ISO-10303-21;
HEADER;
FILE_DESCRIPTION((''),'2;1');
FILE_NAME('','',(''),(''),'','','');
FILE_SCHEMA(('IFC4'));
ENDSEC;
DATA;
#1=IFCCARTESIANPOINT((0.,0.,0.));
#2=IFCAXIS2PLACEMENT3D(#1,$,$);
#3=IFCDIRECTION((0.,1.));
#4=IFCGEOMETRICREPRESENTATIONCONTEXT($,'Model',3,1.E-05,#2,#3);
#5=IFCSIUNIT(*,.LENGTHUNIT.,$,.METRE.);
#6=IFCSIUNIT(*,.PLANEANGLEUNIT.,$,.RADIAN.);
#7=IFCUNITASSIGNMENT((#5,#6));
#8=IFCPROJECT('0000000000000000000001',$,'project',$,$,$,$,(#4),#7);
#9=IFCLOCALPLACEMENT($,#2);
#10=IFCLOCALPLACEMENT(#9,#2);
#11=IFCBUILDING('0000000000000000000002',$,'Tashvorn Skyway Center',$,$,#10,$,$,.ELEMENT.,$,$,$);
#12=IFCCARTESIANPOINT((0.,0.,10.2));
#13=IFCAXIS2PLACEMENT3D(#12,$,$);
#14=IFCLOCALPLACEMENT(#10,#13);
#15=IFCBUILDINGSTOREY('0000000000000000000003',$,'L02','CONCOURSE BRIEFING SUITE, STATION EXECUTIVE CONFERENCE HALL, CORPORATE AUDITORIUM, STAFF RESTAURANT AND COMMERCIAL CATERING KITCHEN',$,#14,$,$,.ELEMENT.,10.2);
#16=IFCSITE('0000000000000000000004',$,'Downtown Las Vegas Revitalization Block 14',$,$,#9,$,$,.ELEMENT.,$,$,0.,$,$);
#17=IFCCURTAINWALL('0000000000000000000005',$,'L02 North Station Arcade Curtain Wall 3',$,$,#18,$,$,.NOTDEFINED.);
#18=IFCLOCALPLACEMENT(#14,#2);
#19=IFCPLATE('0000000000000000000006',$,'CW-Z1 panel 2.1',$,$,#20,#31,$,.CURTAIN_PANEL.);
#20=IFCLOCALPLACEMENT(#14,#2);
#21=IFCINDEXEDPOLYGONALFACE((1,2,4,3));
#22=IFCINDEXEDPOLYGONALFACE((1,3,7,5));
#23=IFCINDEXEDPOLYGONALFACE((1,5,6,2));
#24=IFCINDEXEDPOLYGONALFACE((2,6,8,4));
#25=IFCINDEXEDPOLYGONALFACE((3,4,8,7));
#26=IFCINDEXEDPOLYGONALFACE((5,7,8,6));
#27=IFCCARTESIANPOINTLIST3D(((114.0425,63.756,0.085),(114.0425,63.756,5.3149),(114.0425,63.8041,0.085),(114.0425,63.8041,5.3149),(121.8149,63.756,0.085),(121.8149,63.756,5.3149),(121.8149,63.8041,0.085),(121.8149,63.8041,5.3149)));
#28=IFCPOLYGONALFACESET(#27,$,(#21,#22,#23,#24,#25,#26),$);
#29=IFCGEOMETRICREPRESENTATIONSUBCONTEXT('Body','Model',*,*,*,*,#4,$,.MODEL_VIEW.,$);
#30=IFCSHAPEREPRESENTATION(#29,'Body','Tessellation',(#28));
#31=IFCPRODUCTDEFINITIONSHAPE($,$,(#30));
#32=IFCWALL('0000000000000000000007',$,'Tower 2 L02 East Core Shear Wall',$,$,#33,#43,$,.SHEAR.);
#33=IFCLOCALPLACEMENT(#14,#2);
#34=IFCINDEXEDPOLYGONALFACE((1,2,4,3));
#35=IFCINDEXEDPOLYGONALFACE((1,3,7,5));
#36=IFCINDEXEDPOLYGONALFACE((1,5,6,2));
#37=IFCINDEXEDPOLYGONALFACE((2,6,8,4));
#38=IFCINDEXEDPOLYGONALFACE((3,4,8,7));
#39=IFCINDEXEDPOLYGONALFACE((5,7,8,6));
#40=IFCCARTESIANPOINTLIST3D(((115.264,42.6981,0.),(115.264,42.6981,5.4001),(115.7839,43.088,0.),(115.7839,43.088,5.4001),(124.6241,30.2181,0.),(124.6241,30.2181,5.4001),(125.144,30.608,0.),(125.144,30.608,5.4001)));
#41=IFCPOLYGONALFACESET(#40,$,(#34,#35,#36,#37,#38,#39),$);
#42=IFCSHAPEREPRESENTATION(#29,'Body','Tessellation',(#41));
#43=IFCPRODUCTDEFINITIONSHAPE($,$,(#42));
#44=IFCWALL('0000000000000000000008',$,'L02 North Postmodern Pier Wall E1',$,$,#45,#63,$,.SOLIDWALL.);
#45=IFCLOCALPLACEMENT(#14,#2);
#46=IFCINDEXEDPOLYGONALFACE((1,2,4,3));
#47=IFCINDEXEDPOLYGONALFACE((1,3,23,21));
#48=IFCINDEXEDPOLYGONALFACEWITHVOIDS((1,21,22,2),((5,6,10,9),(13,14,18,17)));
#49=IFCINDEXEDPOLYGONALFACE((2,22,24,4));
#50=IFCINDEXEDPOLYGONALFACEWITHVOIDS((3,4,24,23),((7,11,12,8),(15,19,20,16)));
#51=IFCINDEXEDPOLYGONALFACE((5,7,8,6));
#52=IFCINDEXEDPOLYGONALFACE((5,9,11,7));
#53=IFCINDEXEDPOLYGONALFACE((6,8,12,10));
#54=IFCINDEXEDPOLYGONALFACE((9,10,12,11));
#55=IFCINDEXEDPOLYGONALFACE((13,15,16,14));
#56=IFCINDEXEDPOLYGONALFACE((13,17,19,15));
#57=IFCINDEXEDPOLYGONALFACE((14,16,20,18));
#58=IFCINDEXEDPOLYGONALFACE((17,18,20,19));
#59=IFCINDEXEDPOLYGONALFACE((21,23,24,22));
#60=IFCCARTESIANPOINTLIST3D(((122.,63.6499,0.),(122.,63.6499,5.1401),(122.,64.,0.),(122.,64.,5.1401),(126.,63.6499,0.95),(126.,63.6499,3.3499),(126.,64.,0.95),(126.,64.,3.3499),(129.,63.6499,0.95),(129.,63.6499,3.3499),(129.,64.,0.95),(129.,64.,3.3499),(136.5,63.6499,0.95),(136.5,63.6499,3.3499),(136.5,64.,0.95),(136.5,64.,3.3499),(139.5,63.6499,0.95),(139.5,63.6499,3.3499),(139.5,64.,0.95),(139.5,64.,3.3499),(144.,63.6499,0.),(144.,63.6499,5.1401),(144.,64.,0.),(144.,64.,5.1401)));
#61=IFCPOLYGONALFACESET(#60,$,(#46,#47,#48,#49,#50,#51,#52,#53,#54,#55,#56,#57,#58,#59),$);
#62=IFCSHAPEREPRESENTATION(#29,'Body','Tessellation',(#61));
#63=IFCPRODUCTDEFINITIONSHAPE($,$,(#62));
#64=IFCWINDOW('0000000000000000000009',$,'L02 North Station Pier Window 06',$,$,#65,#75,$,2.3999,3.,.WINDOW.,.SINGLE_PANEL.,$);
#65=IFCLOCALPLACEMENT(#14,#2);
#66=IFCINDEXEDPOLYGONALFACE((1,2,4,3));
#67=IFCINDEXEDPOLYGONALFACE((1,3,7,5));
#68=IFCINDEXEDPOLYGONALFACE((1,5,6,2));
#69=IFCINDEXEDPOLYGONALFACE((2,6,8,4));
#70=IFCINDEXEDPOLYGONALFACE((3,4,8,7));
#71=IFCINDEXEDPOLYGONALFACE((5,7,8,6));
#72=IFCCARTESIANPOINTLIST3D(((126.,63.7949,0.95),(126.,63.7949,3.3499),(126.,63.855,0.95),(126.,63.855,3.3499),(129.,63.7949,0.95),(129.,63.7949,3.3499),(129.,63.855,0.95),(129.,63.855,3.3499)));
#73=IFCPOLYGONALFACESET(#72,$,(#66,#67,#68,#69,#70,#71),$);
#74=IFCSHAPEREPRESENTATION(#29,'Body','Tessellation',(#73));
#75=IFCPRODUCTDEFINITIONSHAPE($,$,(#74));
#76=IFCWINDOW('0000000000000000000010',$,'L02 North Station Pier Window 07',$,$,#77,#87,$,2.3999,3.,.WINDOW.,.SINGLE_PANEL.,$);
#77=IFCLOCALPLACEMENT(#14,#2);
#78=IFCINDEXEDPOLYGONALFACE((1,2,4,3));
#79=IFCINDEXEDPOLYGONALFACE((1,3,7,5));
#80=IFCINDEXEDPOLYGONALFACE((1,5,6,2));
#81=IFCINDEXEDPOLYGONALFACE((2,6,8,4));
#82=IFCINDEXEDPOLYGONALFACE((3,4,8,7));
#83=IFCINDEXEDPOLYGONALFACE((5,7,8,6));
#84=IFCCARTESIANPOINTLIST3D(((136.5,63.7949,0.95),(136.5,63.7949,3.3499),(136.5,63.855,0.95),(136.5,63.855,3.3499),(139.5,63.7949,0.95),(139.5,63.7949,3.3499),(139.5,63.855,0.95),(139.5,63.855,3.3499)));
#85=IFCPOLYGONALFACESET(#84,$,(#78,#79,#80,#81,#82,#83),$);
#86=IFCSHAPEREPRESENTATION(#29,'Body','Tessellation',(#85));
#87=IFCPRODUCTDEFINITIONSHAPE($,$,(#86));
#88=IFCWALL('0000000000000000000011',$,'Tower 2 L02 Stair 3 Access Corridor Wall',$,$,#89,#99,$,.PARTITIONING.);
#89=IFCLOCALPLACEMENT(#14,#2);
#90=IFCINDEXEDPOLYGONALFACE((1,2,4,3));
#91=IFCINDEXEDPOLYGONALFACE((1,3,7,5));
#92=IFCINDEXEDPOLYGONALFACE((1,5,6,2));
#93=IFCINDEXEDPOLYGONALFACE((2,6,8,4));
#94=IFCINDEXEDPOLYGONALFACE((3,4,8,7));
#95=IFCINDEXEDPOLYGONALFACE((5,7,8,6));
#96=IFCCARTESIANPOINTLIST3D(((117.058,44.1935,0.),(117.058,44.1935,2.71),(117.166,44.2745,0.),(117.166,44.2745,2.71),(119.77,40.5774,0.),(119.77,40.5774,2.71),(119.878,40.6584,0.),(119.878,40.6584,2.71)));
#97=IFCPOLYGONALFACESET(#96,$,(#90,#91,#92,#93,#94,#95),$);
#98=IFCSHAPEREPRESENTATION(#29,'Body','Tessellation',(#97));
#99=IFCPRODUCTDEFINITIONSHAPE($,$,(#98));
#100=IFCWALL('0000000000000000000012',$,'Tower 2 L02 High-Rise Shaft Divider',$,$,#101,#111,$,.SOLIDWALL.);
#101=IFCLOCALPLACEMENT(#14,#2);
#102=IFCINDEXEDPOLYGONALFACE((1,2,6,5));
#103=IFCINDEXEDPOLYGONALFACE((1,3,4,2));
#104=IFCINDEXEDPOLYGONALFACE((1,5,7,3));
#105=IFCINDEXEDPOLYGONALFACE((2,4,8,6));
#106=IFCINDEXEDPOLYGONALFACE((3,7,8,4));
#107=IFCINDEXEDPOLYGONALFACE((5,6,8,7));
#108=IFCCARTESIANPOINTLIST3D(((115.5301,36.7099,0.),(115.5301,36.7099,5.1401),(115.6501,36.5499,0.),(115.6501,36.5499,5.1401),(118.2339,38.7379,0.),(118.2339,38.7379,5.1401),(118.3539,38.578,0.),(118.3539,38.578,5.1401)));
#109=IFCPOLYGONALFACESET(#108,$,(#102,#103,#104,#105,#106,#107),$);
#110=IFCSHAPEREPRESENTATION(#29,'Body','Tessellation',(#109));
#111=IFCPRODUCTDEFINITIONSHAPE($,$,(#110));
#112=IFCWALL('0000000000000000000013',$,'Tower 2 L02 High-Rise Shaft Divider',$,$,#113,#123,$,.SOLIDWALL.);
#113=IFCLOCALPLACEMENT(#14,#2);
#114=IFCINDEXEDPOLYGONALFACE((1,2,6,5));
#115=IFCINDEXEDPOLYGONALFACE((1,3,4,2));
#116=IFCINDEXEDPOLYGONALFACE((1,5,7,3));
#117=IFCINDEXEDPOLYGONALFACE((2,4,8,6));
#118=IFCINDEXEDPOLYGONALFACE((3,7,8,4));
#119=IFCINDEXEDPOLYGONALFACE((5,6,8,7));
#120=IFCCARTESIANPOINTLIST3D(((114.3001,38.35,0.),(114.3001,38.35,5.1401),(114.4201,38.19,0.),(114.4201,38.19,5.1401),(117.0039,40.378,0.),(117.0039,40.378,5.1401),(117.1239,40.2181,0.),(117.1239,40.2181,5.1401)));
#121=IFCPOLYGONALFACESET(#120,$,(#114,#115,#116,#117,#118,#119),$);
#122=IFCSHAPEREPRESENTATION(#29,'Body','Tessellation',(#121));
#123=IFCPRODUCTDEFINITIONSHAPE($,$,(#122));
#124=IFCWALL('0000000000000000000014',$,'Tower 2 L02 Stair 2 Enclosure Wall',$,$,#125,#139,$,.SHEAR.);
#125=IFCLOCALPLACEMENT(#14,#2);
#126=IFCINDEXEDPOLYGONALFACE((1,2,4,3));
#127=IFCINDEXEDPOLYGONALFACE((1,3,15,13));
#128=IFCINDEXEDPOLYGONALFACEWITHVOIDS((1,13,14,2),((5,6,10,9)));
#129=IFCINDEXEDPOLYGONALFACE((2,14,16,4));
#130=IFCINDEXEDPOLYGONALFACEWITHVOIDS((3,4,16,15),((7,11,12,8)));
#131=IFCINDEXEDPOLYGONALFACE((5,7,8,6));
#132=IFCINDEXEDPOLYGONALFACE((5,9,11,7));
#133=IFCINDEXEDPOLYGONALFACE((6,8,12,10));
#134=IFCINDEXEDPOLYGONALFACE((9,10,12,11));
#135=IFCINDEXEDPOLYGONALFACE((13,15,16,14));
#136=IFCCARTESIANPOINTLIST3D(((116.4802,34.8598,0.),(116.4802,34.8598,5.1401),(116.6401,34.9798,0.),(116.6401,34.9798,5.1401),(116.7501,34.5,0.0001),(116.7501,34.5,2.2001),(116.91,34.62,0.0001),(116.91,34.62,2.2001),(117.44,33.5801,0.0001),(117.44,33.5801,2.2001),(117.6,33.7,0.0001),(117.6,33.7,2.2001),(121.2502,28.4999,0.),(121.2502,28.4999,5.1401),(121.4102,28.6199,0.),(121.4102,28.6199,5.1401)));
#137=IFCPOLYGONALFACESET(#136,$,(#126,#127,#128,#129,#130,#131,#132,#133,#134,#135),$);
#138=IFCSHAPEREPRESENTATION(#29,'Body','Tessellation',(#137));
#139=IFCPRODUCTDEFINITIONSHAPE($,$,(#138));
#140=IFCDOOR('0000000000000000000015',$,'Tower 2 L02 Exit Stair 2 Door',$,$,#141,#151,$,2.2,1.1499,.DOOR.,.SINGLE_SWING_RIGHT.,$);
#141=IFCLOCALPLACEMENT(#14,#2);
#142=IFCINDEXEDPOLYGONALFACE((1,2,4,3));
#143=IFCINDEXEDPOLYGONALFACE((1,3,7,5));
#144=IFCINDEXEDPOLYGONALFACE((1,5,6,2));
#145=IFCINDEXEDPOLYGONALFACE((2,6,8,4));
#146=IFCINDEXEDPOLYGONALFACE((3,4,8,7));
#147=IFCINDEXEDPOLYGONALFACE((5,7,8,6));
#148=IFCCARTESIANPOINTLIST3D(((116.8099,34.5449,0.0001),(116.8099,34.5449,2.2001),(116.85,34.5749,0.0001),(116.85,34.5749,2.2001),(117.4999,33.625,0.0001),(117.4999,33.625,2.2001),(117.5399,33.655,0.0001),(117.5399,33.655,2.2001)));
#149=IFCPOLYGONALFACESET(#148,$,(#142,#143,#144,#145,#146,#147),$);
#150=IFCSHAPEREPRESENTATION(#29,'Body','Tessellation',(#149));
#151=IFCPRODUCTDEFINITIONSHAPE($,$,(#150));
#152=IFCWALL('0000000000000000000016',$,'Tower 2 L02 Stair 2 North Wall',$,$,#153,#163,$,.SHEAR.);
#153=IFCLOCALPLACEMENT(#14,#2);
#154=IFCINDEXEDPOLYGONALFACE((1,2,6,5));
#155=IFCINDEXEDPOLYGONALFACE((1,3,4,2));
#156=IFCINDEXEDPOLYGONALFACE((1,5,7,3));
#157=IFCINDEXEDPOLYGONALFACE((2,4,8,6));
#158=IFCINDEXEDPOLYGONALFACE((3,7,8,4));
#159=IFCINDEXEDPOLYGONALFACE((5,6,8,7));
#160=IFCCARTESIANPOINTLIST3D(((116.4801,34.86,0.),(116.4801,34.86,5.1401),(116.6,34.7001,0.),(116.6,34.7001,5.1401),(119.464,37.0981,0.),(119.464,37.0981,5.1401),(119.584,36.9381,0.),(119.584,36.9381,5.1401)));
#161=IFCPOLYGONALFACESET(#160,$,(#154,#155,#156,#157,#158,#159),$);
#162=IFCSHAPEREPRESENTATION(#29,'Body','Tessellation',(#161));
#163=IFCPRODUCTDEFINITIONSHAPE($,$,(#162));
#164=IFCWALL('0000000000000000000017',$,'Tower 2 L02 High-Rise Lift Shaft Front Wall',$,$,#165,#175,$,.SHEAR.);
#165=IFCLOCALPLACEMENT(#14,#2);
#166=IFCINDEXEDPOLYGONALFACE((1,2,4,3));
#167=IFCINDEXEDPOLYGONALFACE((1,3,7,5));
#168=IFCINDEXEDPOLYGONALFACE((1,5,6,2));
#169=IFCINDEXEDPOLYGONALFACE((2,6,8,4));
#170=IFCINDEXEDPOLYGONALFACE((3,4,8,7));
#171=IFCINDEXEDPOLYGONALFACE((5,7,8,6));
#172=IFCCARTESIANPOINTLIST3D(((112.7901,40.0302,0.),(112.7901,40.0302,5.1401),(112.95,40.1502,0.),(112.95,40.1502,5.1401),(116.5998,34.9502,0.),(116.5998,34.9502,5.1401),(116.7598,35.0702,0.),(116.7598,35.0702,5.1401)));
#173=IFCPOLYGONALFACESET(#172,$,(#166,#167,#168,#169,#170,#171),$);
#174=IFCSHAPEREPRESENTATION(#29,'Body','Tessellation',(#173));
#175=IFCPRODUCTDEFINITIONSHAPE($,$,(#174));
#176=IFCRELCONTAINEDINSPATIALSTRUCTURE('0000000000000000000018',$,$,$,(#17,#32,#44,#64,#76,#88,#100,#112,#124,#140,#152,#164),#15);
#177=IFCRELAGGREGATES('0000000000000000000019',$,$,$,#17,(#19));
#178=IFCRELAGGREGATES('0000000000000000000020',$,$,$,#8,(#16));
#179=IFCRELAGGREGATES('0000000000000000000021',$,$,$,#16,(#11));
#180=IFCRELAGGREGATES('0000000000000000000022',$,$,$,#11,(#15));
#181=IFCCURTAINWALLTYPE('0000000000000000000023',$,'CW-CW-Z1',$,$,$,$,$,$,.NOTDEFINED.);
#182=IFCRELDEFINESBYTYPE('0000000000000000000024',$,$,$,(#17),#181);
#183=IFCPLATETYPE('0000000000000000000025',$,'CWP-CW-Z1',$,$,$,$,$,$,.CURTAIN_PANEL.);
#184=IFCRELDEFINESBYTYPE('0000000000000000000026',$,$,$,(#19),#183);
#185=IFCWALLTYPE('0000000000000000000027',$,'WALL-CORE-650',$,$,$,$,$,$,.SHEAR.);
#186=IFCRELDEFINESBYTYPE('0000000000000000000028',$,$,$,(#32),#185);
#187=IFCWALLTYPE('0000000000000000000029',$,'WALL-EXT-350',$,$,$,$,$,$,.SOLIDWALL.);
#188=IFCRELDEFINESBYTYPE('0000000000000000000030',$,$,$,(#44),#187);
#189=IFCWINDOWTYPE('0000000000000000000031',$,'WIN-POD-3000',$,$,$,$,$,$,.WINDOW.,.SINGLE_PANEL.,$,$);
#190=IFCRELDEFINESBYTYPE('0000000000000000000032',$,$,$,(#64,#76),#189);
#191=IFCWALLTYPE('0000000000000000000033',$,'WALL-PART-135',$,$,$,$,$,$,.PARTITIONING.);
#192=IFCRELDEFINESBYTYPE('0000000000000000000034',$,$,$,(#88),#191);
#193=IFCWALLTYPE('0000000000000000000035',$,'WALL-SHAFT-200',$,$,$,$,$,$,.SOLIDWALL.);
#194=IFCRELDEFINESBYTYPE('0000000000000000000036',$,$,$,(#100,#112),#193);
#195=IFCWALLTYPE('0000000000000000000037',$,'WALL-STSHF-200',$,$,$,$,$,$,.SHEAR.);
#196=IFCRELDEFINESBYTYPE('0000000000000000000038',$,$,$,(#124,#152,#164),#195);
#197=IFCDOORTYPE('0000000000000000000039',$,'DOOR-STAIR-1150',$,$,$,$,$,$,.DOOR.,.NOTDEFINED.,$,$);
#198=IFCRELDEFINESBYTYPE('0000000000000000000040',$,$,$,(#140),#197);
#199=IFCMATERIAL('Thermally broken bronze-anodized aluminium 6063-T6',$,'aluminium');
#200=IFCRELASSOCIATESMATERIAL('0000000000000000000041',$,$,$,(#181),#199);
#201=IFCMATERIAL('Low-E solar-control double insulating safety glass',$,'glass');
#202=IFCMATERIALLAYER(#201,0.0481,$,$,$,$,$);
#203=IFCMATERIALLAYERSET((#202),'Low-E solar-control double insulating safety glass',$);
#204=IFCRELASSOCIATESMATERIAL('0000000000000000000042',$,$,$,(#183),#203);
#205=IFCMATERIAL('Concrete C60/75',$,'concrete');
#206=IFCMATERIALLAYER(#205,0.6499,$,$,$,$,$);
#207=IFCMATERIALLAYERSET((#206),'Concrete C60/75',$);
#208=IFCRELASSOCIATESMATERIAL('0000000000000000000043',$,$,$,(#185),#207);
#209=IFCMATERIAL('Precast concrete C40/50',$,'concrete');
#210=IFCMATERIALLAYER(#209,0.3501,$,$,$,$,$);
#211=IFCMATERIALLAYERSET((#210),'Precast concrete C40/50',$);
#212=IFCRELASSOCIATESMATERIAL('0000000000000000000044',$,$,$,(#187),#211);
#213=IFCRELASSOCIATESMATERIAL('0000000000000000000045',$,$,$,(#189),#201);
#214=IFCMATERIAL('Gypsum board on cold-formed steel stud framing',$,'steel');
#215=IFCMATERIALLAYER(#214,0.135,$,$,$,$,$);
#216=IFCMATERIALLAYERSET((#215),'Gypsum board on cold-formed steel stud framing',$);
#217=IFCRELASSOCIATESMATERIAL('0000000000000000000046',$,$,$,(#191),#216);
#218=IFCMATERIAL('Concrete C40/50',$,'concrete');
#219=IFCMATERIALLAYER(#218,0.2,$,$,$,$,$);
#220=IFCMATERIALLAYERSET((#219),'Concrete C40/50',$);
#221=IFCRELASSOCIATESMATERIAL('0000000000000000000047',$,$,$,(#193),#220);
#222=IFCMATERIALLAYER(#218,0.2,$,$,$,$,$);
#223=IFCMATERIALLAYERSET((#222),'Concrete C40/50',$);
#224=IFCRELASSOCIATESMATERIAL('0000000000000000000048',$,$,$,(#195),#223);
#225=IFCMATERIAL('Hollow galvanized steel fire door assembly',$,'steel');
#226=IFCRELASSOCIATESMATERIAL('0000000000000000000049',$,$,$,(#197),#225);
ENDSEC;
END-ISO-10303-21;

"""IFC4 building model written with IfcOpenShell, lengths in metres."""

from ifc_helpers import new_model, si_unit, direction, frame, frame_2d, origin, origin_2d, place, context, subcontext, project, spatial, rectangle, extrude, material, layer, layer_set, type_object, element, fill, aggregate, save


model = new_model("IFC4")

# Units and contexts
model_context = context("Model", 3, precision=1e-05, world=origin(), true_north=direction((0.0, 1.0)))
body_context = subcontext(model_context, "Body", "Model", "MODEL_VIEW")
ifc_project = project(units=[si_unit("LENGTHUNIT", "METRE"), si_unit("PLANEANGLEUNIT", "RADIAN")], contexts=[model_context])

# Site, building, storey
site_placement = place(None, origin())
site = spatial("IfcSite", under=ifc_project, at=site_placement, Name="Downtown Las Vegas Revitalization Block 14", CompositionType="ELEMENT", RefElevation=0.0)
building_placement = place(site_placement, origin())
building = spatial("IfcBuilding", under=site, at=building_placement, Name="Tashvorn Skyway Center", CompositionType="ELEMENT")
storey_placement = place(building_placement, frame((0.0, 0.0, 10.2)))
storey = spatial("IfcBuildingStorey", under=building, at=storey_placement, Name="L02", Description="CONCOURSE BRIEFING SUITE, STATION EXECUTIVE CONFERENCE HALL, CORPORATE AUDITORIUM, STAFF RESTAURANT AND COMMERCIAL CATERING KITCHEN", CompositionType="ELEMENT", Elevation=10.2)

# Curtain wall, plate
ifc_material_1 = material(Name="Thermally broken bronze-anodized aluminium 6063-T6", Category="aluminium")
curtain_wall_type = type_object("IfcCurtainWallType", Name="CW-CW-Z1", PredefinedType="NOTDEFINED", material=ifc_material_1)
curtain_wall_placement = place(storey_placement, origin())
curtain_wall = element("IfcCurtainWall", 1, at=curtain_wall_placement, inside=storey, type_object=curtain_wall_type, Name="L02 North Station Arcade Curtain Wall 3", PredefinedType="NOTDEFINED")
ifc_material_2 = material(Name="Low-E solar-control double insulating safety glass", Category="glass")
ifc_layer_1 = layer(ifc_material_2, 0.0481)
ifc_layer_set_1 = layer_set([ifc_layer_1], Name="Low-E solar-control double insulating safety glass")
plate_type = type_object("IfcPlateType", Name="CWP-CW-Z1", PredefinedType="CURTAIN_PANEL", material=ifc_layer_set_1)
plate_placement = place(storey_placement, frame((117.9287, 63.78, 0.085), z_axis=(0.0, 0.0, 1.0), x_axis=(1.0, 0.0, 0.0)))
plate = element("IfcPlate", 2, at=plate_placement, type_object=plate_type, Name="CW-Z1 panel 2.1", PredefinedType="CURTAIN_PANEL", context=body_context, shape_type="SweptSolid", body=[
    extrude(rectangle(XDim=7.7725, YDim=0.0481, at=origin_2d()), origin(), (0.0, 0.0, 1.0), 5.23),
])
aggregate(curtain_wall, [plate])

# Wall
ifc_material_3 = material(Name="Concrete C60/75", Category="concrete")
ifc_layer_2 = layer(ifc_material_3, 0.6499)
ifc_layer_set_2 = layer_set([ifc_layer_2], Name="Concrete C60/75")
wall_type_1 = type_object("IfcWallType", Name="WALL-CORE-650", PredefinedType="SHEAR", material=ifc_layer_set_2)
wall_1_placement = place(storey_placement, frame((115.5239, 42.8931, 0.0), z_axis=(0.0, 0.0, 1.0), x_axis=(0.600005, -0.799996, 0.0)))
element("IfcWall", 3, at=wall_1_placement, inside=storey, type_object=wall_type_1, Name="Tower 2 L02 East Core Shear Wall", PredefinedType="SHEAR", context=body_context, shape_type="SweptSolid", body=[
    extrude(rectangle(XDim=15.6001, YDim=0.6499, at=frame_2d((7.8, 0.0))), origin(), (0.0, 0.0, 1.0), 5.4001),
])

# Wall, openings, windows
ifc_material_4 = material(Name="Precast concrete C40/50", Category="concrete")
ifc_layer_3 = layer(ifc_material_4, 0.3501)
ifc_layer_set_3 = layer_set([ifc_layer_3], Name="Precast concrete C40/50")
wall_type_2 = type_object("IfcWallType", Name="WALL-EXT-350", PredefinedType="SOLIDWALL", material=ifc_layer_set_3)
wall_2_placement = place(storey_placement, frame((122.0, 63.825, 0.0), z_axis=(0.0, 0.0, 1.0), x_axis=(1.0, 0.0, 0.0)))
wall_2 = element("IfcWall", 4, at=wall_2_placement, inside=storey, type_object=wall_type_2, Name="L02 North Postmodern Pier Wall E1", PredefinedType="SOLIDWALL", context=body_context, shape_type="SweptSolid", body=[
    extrude(rectangle(XDim=22.0, YDim=0.3501, at=frame_2d((11.0, 0.0))), origin(), (0.0, 0.0, 1.0), 5.1401),
])
opening_1_placement = place(wall_2_placement, frame((4.0, 0.0, 0.95)))
opening_1 = element("IfcOpeningElement", 5, at=opening_1_placement, cuts=wall_2, PredefinedType="OPENING", context=body_context, shape_type="SweptSolid", body=[
    extrude(rectangle(XDim=3.0, YDim=2.3999, at=frame_2d((1.5, 1.2))), frame((0.0, 0.1851, 0.0), z_axis=(0.0, -1.0, 0.0), x_axis=(1.0, 0.0, 0.0)), (0.0, 0.0, 1.0), 0.3701),
])
opening_2_placement = place(wall_2_placement, frame((14.5, 0.0, 0.95)))
opening_2 = element("IfcOpeningElement", 6, at=opening_2_placement, cuts=wall_2, PredefinedType="OPENING", context=body_context, shape_type="SweptSolid", body=[
    extrude(rectangle(XDim=3.0, YDim=2.3999, at=frame_2d((1.5, 1.2))), frame((0.0, 0.1851, 0.0), z_axis=(0.0, -1.0, 0.0), x_axis=(1.0, 0.0, 0.0)), (0.0, 0.0, 1.0), 0.3701),
])
window_type = type_object("IfcWindowType", Name="WIN-POD-3000", PartitioningType="SINGLE_PANEL", PredefinedType="WINDOW", material=ifc_material_2)
window_1_placement = place(opening_1_placement, origin())
window_1 = element("IfcWindow", 7, at=window_1_placement, inside=storey, type_object=window_type, Name="L02 North Station Pier Window 06", OverallHeight=2.3999, OverallWidth=3.0, PartitioningType="SINGLE_PANEL", PredefinedType="WINDOW", context=body_context, shape_type="SweptSolid", body=[
    extrude(rectangle(XDim=3.0, YDim=2.3999, at=frame_2d((1.5, 1.2))), frame((0.0, 0.03, 0.0), z_axis=(0.0, -1.0, 0.0), x_axis=(1.0, 0.0, 0.0)), (0.0, 0.0, 1.0), 0.0601),
])
fill(opening_1, window_1)
window_2_placement = place(opening_2_placement, origin())
window_2 = element("IfcWindow", 8, at=window_2_placement, inside=storey, type_object=window_type, Name="L02 North Station Pier Window 07", OverallHeight=2.3999, OverallWidth=3.0, PartitioningType="SINGLE_PANEL", PredefinedType="WINDOW", context=body_context, shape_type="SweptSolid", body=[
    extrude(rectangle(XDim=3.0, YDim=2.3999, at=frame_2d((1.5, 1.2))), frame((0.0, 0.03, 0.0), z_axis=(0.0, -1.0, 0.0), x_axis=(1.0, 0.0, 0.0)), (0.0, 0.0, 1.0), 0.0601),
])
fill(opening_2, window_2)

# Walls
ifc_material_5 = material(Name="Gypsum board on cold-formed steel stud framing", Category="steel")
ifc_layer_4 = layer(ifc_material_5, 0.135)
ifc_layer_set_4 = layer_set([ifc_layer_4], Name="Gypsum board on cold-formed steel stud framing")
wall_type_3 = type_object("IfcWallType", Name="WALL-PART-135", PredefinedType="PARTITIONING", material=ifc_layer_set_4)
wall_3_placement = place(storey_placement, frame((119.824, 40.6179, 0.0), z_axis=(0.0, 0.0, 1.0), x_axis=(-0.599991, 0.800006, 0.0)))
element("IfcWall", 9, at=wall_3_placement, inside=storey, type_object=wall_type_3, Name="Tower 2 L02 Stair 3 Access Corridor Wall", PredefinedType="PARTITIONING", context=body_context, shape_type="SweptSolid", body=[
    extrude(rectangle(XDim=4.52, YDim=0.135, at=frame_2d((2.26, 0.0))), origin(), (0.0, 0.0, 1.0), 2.71),
])
ifc_material_6 = material(Name="Concrete C40/50", Category="concrete")
ifc_layer_5 = layer(ifc_material_6, 0.2)
ifc_layer_set_5 = layer_set([ifc_layer_5], Name="Concrete C40/50")
wall_type_4 = type_object("IfcWallType", Name="WALL-SHAFT-200", PredefinedType="SOLIDWALL", material=ifc_layer_set_5)
for number, where, z_axis, x_axis, name in (
    (10, (115.5901, 36.6299, 0.0), (0.0, 0.0, 1.0), (0.799974, 0.600035, 0.0), "Tower 2 L02 High-Rise Shaft Divider"),
    (11, (114.3601, 38.27, 0.0), (0.0, 0.0, 1.0), (0.799974, 0.600035, 0.0), "Tower 2 L02 High-Rise Shaft Divider"),
):
    element("IfcWall", number, at=place(storey_placement, frame(where, z_axis=z_axis, x_axis=x_axis)), inside=storey, type_object=wall_type_4, Name=name, PredefinedType="SOLIDWALL", context=body_context, shape_type="SweptSolid", body=[
        extrude(rectangle(XDim=3.3799, YDim=0.2, at=frame_2d((1.6899, 0.0))), origin(), (0.0, 0.0, 1.0), 5.1401),
    ])

# Wall, opening, door
ifc_layer_6 = layer(ifc_material_6, 0.2)
ifc_layer_set_6 = layer_set([ifc_layer_6], Name="Concrete C40/50")
wall_type_5 = type_object("IfcWallType", Name="WALL-STSHF-200", PredefinedType="SHEAR", material=ifc_layer_set_6)
wall_4_placement = place(storey_placement, frame((116.5601, 34.9199, 0.0), z_axis=(0.0, 0.0, 1.0), x_axis=(0.60001, -0.799993, 0.0)))
wall_4 = element("IfcWall", 12, at=wall_4_placement, inside=storey, type_object=wall_type_5, Name="Tower 2 L02 Stair 2 Enclosure Wall", PredefinedType="SHEAR", context=body_context, shape_type="SweptSolid", body=[
    extrude(rectangle(XDim=7.95, YDim=0.2, at=frame_2d((3.9751, 0.0))), origin(), (0.0, 0.0, 1.0), 5.1401),
])
opening_3_placement = place(wall_4_placement, frame((0.45, 0.0, 0.0)))
opening_3 = element("IfcOpeningElement", 13, at=opening_3_placement, cuts=wall_4, PredefinedType="OPENING", context=body_context, shape_type="SweptSolid", body=[
    extrude(rectangle(XDim=1.1499, YDim=2.2, at=frame_2d((0.575, 1.1001))), frame((0.0, 0.1099, 0.0), z_axis=(0.0, -1.0, 0.0), x_axis=(1.0, 0.0, 0.0)), (0.0, 0.0, 1.0), 0.22),
])
ifc_material_7 = material(Name="Hollow galvanized steel fire door assembly", Category="steel")
door_type = type_object("IfcDoorType", Name="DOOR-STAIR-1150", OperationType="NOTDEFINED", PredefinedType="DOOR", material=ifc_material_7)
door_1_placement = place(opening_3_placement, origin())
door_1 = element("IfcDoor", 14, at=door_1_placement, inside=storey, type_object=door_type, Name="Tower 2 L02 Exit Stair 2 Door", OperationType="SINGLE_SWING_RIGHT", OverallHeight=2.2, OverallWidth=1.1499, PredefinedType="DOOR", context=body_context, shape_type="SweptSolid", body=[
    extrude(rectangle(XDim=1.1499, YDim=2.2, at=frame_2d((0.575, 1.1001))), frame((0.0, 0.0249, 0.0), z_axis=(0.0, -1.0, 0.0), x_axis=(1.0, 0.0, 0.0)), (0.0, 0.0, 1.0), 0.05),
])
fill(opening_3, door_1)

# Walls
wall_5_placement = place(storey_placement, frame((116.54, 34.78, 0.0), z_axis=(0.0, 0.0, 1.0), x_axis=(0.799984, 0.600021, 0.0)))
element("IfcWall", 15, at=wall_5_placement, inside=storey, type_object=wall_type_5, Name="Tower 2 L02 Stair 2 North Wall", PredefinedType="SHEAR", context=body_context, shape_type="SweptSolid", body=[
    extrude(rectangle(XDim=3.73, YDim=0.2, at=frame_2d((1.865, 0.0))), origin(), (0.0, 0.0, 1.0), 5.1401),
])
wall_6_placement = place(storey_placement, frame((112.8701, 40.0901, 0.0), z_axis=(0.0, 0.0, 1.0), x_axis=(0.599975, -0.800018, 0.0)))
element("IfcWall", 16, at=wall_6_placement, inside=storey, type_object=wall_type_5, Name="Tower 2 L02 High-Rise Lift Shaft Front Wall", PredefinedType="SHEAR", context=body_context, shape_type="SweptSolid", body=[
    extrude(rectangle(XDim=6.3499, YDim=0.2, at=frame_2d((3.1748, 0.0))), origin(), (0.0, 0.0, 1.0), 5.1401),
])

save(model, "model.ifc")
